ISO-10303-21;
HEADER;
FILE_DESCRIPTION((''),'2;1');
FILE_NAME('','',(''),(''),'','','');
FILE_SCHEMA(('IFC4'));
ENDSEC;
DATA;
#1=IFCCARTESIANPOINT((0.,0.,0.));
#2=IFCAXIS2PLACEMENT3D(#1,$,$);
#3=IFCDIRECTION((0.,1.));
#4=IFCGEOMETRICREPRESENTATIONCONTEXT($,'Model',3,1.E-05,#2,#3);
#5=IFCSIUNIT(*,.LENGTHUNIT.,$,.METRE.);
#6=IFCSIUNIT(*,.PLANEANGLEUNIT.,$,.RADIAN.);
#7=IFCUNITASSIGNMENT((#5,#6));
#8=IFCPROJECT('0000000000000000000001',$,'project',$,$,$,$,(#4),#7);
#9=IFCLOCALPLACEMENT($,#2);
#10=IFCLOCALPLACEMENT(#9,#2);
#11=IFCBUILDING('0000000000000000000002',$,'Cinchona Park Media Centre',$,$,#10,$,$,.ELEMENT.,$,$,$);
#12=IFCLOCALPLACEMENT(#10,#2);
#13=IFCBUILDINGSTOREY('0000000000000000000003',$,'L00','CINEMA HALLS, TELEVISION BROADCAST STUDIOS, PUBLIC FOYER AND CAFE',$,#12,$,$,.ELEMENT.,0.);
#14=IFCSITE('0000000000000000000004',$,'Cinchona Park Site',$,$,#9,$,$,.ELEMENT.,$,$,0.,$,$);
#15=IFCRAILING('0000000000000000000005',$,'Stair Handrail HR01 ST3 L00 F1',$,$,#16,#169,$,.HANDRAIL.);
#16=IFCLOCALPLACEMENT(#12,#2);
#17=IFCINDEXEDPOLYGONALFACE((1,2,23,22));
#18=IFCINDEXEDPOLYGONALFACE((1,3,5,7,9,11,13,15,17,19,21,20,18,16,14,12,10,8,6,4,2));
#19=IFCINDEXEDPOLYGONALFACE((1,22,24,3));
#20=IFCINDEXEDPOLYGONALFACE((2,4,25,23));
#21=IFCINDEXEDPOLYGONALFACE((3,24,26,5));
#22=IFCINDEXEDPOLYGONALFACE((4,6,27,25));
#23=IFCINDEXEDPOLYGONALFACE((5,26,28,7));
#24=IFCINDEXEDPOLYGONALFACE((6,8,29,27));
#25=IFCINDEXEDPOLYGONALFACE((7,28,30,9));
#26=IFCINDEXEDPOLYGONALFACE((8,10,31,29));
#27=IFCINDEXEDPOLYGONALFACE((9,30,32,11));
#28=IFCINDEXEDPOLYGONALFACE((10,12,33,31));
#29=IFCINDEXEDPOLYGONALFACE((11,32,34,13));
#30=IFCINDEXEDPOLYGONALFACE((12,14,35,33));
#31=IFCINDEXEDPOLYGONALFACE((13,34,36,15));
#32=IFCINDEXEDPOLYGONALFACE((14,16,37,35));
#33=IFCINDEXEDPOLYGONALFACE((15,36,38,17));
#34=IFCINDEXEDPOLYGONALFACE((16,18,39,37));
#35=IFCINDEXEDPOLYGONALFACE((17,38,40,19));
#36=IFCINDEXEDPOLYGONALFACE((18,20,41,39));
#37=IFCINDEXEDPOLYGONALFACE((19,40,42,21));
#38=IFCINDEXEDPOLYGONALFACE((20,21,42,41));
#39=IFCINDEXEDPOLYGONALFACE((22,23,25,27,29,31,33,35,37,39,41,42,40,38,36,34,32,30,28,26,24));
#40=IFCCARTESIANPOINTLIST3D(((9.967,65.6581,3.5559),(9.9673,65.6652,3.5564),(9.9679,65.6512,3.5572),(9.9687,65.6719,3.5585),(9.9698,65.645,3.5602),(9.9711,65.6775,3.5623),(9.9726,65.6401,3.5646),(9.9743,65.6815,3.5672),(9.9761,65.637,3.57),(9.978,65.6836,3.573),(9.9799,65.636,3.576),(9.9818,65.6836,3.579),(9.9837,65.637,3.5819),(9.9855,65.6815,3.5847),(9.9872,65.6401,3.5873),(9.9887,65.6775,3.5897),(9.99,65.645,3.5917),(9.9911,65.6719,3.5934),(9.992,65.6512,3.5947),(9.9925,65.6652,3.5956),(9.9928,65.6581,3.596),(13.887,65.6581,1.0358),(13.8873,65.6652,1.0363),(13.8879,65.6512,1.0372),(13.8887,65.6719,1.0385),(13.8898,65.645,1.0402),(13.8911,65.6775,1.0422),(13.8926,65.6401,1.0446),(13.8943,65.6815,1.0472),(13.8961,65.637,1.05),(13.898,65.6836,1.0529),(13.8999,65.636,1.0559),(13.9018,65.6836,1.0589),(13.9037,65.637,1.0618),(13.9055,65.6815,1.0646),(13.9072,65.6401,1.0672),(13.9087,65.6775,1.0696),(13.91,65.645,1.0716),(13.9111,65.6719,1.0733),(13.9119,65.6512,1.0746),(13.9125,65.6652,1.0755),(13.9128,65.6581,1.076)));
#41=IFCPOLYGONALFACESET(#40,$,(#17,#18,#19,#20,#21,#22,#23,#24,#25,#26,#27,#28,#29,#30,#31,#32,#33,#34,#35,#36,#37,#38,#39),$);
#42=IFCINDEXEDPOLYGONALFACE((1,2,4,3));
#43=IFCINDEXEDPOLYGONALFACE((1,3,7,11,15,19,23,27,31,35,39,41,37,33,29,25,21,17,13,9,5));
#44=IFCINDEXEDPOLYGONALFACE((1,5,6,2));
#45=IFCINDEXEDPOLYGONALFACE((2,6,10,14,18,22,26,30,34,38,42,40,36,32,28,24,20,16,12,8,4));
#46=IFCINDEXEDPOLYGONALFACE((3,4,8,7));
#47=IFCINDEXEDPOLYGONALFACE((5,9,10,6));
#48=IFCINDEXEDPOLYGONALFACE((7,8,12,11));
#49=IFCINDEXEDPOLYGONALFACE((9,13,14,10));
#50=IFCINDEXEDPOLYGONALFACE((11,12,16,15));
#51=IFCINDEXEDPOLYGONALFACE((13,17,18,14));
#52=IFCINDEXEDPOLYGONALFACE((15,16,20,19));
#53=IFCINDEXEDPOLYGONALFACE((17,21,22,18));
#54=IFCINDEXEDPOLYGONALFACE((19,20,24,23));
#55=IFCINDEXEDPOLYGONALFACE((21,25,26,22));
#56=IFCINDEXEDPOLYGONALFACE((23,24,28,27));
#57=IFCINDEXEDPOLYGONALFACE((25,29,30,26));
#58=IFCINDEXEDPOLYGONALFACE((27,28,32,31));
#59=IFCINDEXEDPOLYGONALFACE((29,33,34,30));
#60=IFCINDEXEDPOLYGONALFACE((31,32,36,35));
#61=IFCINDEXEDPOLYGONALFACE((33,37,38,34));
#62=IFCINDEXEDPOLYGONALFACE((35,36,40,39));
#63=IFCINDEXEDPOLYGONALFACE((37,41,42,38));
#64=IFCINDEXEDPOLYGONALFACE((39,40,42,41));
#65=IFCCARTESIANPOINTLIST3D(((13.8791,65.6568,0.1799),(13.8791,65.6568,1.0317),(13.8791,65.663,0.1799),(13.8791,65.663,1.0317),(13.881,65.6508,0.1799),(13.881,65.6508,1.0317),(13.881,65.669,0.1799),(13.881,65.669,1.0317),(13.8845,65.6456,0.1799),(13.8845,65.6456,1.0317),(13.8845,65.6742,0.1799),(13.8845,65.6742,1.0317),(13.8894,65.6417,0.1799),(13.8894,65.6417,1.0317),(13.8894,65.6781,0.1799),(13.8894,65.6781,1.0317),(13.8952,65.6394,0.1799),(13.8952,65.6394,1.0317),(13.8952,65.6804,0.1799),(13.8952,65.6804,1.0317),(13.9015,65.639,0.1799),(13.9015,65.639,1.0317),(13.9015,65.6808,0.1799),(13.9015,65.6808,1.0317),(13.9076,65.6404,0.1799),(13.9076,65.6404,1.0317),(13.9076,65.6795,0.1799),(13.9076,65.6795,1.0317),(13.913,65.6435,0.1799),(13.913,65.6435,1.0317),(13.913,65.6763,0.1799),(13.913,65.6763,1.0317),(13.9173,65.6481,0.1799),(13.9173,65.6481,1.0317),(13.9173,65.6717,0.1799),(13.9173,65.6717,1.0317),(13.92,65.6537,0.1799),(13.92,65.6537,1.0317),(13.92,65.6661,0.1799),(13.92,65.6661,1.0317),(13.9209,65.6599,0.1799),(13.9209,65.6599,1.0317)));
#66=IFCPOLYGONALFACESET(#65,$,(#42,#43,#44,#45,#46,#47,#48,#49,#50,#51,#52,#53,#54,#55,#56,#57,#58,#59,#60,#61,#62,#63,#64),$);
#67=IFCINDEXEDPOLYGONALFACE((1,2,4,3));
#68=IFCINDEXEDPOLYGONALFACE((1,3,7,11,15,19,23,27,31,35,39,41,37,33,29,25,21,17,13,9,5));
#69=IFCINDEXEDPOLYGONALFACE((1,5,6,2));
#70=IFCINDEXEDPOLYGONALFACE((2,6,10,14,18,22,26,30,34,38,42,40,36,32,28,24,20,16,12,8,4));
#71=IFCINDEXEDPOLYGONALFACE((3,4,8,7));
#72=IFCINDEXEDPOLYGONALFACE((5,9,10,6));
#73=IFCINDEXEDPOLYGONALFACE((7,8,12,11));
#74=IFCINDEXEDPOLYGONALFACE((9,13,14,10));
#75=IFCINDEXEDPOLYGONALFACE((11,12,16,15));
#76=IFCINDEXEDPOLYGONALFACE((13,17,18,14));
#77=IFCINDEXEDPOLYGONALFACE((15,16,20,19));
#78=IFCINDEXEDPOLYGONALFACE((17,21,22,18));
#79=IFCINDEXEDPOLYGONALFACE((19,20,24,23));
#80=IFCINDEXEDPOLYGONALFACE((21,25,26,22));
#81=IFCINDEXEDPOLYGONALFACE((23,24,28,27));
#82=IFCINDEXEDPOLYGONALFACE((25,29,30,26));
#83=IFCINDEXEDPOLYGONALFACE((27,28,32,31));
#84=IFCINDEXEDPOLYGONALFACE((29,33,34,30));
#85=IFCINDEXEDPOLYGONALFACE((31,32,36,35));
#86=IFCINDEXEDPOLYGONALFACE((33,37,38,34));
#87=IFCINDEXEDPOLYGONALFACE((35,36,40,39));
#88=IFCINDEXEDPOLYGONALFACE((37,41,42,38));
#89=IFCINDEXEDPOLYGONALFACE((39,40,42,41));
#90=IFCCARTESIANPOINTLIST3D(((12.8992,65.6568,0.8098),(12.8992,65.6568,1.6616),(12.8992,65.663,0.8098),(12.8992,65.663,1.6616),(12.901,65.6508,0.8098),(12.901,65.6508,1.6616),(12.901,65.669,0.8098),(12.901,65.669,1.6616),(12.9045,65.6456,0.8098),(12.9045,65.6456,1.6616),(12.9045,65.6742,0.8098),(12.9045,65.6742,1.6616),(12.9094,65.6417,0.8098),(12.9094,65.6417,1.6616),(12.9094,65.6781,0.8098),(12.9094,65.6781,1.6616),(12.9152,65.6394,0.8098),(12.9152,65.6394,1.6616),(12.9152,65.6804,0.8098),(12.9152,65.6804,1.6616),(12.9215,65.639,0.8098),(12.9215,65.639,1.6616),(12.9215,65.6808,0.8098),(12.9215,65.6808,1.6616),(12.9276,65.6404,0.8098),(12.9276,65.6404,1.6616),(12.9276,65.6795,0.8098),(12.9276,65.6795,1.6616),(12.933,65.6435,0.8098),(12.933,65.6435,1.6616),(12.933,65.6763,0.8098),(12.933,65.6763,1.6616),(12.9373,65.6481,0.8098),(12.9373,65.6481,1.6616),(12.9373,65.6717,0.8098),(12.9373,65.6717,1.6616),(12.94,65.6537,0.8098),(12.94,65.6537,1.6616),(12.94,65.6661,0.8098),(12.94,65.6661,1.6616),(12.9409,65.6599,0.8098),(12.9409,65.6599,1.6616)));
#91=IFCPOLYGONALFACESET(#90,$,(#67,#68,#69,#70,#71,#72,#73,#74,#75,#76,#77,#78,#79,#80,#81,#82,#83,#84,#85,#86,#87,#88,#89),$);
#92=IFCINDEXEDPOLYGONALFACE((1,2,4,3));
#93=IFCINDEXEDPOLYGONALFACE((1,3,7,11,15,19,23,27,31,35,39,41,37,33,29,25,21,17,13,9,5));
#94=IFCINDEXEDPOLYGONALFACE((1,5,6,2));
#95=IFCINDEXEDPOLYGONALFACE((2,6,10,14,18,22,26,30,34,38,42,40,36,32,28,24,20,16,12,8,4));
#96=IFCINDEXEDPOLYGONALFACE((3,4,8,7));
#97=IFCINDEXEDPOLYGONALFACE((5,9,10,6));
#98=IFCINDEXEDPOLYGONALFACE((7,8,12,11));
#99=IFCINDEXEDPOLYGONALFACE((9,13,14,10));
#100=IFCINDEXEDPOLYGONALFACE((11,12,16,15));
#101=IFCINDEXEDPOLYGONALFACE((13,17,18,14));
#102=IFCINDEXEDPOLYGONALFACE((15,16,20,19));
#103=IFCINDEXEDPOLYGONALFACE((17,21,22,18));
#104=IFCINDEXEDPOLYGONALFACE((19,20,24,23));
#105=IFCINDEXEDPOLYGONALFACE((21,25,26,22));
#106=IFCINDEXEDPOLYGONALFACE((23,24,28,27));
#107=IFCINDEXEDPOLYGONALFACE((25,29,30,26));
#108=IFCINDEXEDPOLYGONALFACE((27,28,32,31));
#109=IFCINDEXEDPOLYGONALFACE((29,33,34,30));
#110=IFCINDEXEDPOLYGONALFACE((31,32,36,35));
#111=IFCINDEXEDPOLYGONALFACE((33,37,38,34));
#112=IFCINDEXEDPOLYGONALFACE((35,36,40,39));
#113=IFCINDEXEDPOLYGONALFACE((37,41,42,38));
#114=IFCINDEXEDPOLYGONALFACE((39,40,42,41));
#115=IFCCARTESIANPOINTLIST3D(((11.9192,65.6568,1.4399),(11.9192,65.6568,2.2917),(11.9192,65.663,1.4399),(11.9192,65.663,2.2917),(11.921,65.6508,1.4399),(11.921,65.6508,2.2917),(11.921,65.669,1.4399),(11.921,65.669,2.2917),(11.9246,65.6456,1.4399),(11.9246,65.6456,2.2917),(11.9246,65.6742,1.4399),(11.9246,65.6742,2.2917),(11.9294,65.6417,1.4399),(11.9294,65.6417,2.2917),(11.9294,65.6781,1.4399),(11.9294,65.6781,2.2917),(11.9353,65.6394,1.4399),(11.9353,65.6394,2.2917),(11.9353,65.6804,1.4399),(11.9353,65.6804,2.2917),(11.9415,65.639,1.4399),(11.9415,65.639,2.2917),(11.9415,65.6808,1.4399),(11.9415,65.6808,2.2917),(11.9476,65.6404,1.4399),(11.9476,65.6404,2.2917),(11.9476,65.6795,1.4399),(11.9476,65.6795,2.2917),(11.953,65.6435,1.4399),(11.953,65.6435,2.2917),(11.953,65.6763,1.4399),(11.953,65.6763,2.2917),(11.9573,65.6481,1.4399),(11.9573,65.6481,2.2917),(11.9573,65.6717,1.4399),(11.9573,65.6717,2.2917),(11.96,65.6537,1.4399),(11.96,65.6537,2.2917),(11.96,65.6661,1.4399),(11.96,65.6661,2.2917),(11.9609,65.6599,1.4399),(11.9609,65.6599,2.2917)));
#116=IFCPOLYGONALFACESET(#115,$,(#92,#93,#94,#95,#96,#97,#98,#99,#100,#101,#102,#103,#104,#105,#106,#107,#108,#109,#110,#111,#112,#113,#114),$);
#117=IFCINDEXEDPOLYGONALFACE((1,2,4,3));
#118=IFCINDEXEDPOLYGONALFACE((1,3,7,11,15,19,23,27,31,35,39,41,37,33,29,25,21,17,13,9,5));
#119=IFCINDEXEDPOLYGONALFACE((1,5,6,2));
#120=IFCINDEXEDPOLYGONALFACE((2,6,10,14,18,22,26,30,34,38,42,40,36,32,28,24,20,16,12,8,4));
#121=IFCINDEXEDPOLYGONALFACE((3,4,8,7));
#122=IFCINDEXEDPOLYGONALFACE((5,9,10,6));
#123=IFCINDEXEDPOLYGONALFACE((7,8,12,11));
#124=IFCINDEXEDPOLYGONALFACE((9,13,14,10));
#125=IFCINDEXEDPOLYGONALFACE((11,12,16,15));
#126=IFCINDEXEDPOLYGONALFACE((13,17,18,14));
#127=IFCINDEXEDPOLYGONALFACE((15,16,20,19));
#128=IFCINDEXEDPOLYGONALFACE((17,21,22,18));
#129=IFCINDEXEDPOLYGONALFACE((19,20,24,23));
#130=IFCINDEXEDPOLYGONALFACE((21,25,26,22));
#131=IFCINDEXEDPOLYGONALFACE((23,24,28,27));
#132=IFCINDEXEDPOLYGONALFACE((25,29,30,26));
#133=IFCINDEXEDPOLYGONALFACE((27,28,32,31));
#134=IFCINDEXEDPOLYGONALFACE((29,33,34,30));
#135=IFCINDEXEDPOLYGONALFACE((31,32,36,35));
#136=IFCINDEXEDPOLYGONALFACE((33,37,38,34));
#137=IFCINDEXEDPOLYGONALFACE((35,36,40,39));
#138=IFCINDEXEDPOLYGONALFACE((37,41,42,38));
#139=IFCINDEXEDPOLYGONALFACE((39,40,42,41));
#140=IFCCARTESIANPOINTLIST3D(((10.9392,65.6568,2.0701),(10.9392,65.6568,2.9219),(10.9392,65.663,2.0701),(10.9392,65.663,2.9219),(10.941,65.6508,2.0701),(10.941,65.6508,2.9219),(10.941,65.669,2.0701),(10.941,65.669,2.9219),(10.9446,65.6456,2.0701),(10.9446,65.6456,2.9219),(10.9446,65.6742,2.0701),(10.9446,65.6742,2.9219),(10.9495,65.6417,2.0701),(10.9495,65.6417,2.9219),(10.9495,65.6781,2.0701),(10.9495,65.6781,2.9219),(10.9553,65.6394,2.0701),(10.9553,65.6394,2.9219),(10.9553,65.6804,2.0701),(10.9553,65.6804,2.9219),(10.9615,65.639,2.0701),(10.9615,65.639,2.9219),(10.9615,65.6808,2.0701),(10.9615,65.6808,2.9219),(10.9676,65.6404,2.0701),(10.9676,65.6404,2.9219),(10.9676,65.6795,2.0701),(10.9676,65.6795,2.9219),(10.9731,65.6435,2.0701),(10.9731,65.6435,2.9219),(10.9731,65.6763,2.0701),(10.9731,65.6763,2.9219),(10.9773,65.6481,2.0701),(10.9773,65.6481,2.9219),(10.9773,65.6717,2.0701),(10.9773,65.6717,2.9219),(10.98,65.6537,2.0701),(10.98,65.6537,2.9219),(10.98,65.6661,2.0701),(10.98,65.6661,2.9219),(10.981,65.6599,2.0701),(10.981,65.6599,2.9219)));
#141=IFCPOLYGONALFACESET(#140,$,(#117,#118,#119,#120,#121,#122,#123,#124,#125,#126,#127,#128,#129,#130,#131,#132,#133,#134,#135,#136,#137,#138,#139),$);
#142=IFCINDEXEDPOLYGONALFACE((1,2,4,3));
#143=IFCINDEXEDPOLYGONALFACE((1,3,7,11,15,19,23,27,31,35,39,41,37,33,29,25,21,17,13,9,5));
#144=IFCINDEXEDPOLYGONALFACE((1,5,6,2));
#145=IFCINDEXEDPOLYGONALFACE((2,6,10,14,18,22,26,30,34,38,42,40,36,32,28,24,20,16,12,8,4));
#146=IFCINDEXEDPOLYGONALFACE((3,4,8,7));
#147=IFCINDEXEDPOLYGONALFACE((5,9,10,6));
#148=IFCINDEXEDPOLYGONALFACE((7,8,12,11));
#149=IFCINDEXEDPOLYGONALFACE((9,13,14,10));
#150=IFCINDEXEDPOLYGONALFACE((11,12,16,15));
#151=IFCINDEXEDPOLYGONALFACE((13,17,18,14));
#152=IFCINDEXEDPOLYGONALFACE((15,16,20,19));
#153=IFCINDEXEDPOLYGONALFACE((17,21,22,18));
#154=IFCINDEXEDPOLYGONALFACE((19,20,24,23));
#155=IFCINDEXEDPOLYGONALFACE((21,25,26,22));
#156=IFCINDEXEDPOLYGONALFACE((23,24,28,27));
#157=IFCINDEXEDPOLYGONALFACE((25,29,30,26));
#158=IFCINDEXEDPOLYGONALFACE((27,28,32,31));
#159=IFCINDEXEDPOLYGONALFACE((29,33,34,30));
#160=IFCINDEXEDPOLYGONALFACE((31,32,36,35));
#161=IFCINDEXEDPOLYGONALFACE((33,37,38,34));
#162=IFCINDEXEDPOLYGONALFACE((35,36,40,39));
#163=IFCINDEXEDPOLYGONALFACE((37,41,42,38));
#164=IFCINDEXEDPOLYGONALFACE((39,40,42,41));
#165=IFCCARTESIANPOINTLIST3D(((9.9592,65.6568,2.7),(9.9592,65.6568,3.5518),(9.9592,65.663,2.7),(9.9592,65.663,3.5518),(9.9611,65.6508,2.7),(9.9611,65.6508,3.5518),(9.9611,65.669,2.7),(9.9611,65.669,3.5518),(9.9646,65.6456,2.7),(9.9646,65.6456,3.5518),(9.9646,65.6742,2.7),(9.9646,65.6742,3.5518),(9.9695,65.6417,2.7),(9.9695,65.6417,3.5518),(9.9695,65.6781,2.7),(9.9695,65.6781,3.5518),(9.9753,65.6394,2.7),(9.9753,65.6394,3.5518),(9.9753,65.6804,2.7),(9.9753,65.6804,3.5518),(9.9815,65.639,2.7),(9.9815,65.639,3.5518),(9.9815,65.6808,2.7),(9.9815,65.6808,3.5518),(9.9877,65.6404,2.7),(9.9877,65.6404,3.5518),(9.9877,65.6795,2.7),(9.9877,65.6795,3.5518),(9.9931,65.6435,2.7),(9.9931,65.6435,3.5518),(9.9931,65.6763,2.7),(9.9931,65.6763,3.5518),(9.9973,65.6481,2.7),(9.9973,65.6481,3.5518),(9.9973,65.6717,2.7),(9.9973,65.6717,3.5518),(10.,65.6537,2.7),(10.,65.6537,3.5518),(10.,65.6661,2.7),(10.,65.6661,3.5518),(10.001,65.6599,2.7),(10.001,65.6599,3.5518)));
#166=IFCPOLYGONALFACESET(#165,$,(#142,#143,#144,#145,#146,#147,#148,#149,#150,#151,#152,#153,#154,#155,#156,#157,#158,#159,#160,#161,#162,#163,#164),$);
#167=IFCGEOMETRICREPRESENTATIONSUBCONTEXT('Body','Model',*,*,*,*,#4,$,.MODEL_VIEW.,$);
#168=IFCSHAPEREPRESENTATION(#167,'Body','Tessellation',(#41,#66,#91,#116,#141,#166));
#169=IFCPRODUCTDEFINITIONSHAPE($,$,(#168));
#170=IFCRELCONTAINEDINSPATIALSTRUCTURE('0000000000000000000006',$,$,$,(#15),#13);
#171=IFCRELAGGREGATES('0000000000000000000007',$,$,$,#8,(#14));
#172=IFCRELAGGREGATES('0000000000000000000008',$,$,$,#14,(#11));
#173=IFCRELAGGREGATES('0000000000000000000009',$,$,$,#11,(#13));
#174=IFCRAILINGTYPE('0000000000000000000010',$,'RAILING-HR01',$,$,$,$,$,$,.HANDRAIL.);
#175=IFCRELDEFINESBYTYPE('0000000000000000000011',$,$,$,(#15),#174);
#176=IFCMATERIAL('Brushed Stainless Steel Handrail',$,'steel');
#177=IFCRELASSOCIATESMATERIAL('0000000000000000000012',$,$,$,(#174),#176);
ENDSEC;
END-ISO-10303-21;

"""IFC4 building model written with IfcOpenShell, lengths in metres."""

from ifc_helpers import new_model, si_unit, direction, frame, origin, origin_2d, place, context, subcontext, project, spatial, circle, extrude, material, type_object, element, save


model = new_model("IFC4")

# Units and contexts
model_context = context("Model", 3, precision=1e-05, world=origin(), true_north=direction((0.0, 1.0)))
body_context = subcontext(model_context, "Body", "Model", "MODEL_VIEW")
ifc_project = project(units=[si_unit("LENGTHUNIT", "METRE"), si_unit("PLANEANGLEUNIT", "RADIAN")], contexts=[model_context])

# Site, building, storey
site_placement = place(None, origin())
site = spatial("IfcSite", under=ifc_project, at=site_placement, Name="Cinchona Park Site", CompositionType="ELEMENT", RefElevation=0.0)
building_placement = place(site_placement, origin())
building = spatial("IfcBuilding", under=site, at=building_placement, Name="Cinchona Park Media Centre", CompositionType="ELEMENT")
storey_placement = place(building_placement, origin())
storey = spatial("IfcBuildingStorey", under=building, at=storey_placement, Name="L00", Description="CINEMA HALLS, TELEVISION BROADCAST STUDIOS, PUBLIC FOYER AND CAFE", CompositionType="ELEMENT", Elevation=0.0)

# Railing
ifc_material_1 = material(Name="Brushed Stainless Steel Handrail", Category="steel")
railing_type_1 = type_object("IfcRailingType", Name="RAILING-HR01", PredefinedType="HANDRAIL", material=ifc_material_1)
railing_1_placement = place(storey_placement, frame((13.8999, 65.6599, 0.1799)))
element("IfcRailing", 1, at=railing_1_placement, inside=storey, type_object=railing_type_1, Name="Stair Handrail HR01 ST3 L00 F1", PredefinedType="HANDRAIL", context=body_context, shape_type="SweptSolid", body=[
    extrude(circle(Radius=0.0239, at=origin_2d()), frame((0.0, 0.0, 0.876), z_axis=(-0.841172, 0.0, 0.540768), x_axis=(0.0, -1.0, 0.0)), (0.0, 0.0, 1.0), 4.6602),
    extrude(circle(Radius=0.021, at=origin_2d()), origin(), (0.0, 0.0, 1.0), 0.8518),
    extrude(circle(Radius=0.021, at=origin_2d()), frame((-0.98, 0.0, 0.6299)), (0.0, 0.0, 1.0), 0.8518),
    extrude(circle(Radius=0.021, at=origin_2d()), frame((-1.96, 0.0, 1.26)), (0.0, 0.0, 1.0), 0.8518),
    extrude(circle(Radius=0.021, at=origin_2d()), frame((-2.9399, 0.0, 1.8901)), (0.0, 0.0, 1.0), 0.8518),
    extrude(circle(Radius=0.021, at=origin_2d()), frame((-3.9199, 0.0, 2.52)), (0.0, 0.0, 1.0), 0.8518),
])

save(model, "model.ifc")
